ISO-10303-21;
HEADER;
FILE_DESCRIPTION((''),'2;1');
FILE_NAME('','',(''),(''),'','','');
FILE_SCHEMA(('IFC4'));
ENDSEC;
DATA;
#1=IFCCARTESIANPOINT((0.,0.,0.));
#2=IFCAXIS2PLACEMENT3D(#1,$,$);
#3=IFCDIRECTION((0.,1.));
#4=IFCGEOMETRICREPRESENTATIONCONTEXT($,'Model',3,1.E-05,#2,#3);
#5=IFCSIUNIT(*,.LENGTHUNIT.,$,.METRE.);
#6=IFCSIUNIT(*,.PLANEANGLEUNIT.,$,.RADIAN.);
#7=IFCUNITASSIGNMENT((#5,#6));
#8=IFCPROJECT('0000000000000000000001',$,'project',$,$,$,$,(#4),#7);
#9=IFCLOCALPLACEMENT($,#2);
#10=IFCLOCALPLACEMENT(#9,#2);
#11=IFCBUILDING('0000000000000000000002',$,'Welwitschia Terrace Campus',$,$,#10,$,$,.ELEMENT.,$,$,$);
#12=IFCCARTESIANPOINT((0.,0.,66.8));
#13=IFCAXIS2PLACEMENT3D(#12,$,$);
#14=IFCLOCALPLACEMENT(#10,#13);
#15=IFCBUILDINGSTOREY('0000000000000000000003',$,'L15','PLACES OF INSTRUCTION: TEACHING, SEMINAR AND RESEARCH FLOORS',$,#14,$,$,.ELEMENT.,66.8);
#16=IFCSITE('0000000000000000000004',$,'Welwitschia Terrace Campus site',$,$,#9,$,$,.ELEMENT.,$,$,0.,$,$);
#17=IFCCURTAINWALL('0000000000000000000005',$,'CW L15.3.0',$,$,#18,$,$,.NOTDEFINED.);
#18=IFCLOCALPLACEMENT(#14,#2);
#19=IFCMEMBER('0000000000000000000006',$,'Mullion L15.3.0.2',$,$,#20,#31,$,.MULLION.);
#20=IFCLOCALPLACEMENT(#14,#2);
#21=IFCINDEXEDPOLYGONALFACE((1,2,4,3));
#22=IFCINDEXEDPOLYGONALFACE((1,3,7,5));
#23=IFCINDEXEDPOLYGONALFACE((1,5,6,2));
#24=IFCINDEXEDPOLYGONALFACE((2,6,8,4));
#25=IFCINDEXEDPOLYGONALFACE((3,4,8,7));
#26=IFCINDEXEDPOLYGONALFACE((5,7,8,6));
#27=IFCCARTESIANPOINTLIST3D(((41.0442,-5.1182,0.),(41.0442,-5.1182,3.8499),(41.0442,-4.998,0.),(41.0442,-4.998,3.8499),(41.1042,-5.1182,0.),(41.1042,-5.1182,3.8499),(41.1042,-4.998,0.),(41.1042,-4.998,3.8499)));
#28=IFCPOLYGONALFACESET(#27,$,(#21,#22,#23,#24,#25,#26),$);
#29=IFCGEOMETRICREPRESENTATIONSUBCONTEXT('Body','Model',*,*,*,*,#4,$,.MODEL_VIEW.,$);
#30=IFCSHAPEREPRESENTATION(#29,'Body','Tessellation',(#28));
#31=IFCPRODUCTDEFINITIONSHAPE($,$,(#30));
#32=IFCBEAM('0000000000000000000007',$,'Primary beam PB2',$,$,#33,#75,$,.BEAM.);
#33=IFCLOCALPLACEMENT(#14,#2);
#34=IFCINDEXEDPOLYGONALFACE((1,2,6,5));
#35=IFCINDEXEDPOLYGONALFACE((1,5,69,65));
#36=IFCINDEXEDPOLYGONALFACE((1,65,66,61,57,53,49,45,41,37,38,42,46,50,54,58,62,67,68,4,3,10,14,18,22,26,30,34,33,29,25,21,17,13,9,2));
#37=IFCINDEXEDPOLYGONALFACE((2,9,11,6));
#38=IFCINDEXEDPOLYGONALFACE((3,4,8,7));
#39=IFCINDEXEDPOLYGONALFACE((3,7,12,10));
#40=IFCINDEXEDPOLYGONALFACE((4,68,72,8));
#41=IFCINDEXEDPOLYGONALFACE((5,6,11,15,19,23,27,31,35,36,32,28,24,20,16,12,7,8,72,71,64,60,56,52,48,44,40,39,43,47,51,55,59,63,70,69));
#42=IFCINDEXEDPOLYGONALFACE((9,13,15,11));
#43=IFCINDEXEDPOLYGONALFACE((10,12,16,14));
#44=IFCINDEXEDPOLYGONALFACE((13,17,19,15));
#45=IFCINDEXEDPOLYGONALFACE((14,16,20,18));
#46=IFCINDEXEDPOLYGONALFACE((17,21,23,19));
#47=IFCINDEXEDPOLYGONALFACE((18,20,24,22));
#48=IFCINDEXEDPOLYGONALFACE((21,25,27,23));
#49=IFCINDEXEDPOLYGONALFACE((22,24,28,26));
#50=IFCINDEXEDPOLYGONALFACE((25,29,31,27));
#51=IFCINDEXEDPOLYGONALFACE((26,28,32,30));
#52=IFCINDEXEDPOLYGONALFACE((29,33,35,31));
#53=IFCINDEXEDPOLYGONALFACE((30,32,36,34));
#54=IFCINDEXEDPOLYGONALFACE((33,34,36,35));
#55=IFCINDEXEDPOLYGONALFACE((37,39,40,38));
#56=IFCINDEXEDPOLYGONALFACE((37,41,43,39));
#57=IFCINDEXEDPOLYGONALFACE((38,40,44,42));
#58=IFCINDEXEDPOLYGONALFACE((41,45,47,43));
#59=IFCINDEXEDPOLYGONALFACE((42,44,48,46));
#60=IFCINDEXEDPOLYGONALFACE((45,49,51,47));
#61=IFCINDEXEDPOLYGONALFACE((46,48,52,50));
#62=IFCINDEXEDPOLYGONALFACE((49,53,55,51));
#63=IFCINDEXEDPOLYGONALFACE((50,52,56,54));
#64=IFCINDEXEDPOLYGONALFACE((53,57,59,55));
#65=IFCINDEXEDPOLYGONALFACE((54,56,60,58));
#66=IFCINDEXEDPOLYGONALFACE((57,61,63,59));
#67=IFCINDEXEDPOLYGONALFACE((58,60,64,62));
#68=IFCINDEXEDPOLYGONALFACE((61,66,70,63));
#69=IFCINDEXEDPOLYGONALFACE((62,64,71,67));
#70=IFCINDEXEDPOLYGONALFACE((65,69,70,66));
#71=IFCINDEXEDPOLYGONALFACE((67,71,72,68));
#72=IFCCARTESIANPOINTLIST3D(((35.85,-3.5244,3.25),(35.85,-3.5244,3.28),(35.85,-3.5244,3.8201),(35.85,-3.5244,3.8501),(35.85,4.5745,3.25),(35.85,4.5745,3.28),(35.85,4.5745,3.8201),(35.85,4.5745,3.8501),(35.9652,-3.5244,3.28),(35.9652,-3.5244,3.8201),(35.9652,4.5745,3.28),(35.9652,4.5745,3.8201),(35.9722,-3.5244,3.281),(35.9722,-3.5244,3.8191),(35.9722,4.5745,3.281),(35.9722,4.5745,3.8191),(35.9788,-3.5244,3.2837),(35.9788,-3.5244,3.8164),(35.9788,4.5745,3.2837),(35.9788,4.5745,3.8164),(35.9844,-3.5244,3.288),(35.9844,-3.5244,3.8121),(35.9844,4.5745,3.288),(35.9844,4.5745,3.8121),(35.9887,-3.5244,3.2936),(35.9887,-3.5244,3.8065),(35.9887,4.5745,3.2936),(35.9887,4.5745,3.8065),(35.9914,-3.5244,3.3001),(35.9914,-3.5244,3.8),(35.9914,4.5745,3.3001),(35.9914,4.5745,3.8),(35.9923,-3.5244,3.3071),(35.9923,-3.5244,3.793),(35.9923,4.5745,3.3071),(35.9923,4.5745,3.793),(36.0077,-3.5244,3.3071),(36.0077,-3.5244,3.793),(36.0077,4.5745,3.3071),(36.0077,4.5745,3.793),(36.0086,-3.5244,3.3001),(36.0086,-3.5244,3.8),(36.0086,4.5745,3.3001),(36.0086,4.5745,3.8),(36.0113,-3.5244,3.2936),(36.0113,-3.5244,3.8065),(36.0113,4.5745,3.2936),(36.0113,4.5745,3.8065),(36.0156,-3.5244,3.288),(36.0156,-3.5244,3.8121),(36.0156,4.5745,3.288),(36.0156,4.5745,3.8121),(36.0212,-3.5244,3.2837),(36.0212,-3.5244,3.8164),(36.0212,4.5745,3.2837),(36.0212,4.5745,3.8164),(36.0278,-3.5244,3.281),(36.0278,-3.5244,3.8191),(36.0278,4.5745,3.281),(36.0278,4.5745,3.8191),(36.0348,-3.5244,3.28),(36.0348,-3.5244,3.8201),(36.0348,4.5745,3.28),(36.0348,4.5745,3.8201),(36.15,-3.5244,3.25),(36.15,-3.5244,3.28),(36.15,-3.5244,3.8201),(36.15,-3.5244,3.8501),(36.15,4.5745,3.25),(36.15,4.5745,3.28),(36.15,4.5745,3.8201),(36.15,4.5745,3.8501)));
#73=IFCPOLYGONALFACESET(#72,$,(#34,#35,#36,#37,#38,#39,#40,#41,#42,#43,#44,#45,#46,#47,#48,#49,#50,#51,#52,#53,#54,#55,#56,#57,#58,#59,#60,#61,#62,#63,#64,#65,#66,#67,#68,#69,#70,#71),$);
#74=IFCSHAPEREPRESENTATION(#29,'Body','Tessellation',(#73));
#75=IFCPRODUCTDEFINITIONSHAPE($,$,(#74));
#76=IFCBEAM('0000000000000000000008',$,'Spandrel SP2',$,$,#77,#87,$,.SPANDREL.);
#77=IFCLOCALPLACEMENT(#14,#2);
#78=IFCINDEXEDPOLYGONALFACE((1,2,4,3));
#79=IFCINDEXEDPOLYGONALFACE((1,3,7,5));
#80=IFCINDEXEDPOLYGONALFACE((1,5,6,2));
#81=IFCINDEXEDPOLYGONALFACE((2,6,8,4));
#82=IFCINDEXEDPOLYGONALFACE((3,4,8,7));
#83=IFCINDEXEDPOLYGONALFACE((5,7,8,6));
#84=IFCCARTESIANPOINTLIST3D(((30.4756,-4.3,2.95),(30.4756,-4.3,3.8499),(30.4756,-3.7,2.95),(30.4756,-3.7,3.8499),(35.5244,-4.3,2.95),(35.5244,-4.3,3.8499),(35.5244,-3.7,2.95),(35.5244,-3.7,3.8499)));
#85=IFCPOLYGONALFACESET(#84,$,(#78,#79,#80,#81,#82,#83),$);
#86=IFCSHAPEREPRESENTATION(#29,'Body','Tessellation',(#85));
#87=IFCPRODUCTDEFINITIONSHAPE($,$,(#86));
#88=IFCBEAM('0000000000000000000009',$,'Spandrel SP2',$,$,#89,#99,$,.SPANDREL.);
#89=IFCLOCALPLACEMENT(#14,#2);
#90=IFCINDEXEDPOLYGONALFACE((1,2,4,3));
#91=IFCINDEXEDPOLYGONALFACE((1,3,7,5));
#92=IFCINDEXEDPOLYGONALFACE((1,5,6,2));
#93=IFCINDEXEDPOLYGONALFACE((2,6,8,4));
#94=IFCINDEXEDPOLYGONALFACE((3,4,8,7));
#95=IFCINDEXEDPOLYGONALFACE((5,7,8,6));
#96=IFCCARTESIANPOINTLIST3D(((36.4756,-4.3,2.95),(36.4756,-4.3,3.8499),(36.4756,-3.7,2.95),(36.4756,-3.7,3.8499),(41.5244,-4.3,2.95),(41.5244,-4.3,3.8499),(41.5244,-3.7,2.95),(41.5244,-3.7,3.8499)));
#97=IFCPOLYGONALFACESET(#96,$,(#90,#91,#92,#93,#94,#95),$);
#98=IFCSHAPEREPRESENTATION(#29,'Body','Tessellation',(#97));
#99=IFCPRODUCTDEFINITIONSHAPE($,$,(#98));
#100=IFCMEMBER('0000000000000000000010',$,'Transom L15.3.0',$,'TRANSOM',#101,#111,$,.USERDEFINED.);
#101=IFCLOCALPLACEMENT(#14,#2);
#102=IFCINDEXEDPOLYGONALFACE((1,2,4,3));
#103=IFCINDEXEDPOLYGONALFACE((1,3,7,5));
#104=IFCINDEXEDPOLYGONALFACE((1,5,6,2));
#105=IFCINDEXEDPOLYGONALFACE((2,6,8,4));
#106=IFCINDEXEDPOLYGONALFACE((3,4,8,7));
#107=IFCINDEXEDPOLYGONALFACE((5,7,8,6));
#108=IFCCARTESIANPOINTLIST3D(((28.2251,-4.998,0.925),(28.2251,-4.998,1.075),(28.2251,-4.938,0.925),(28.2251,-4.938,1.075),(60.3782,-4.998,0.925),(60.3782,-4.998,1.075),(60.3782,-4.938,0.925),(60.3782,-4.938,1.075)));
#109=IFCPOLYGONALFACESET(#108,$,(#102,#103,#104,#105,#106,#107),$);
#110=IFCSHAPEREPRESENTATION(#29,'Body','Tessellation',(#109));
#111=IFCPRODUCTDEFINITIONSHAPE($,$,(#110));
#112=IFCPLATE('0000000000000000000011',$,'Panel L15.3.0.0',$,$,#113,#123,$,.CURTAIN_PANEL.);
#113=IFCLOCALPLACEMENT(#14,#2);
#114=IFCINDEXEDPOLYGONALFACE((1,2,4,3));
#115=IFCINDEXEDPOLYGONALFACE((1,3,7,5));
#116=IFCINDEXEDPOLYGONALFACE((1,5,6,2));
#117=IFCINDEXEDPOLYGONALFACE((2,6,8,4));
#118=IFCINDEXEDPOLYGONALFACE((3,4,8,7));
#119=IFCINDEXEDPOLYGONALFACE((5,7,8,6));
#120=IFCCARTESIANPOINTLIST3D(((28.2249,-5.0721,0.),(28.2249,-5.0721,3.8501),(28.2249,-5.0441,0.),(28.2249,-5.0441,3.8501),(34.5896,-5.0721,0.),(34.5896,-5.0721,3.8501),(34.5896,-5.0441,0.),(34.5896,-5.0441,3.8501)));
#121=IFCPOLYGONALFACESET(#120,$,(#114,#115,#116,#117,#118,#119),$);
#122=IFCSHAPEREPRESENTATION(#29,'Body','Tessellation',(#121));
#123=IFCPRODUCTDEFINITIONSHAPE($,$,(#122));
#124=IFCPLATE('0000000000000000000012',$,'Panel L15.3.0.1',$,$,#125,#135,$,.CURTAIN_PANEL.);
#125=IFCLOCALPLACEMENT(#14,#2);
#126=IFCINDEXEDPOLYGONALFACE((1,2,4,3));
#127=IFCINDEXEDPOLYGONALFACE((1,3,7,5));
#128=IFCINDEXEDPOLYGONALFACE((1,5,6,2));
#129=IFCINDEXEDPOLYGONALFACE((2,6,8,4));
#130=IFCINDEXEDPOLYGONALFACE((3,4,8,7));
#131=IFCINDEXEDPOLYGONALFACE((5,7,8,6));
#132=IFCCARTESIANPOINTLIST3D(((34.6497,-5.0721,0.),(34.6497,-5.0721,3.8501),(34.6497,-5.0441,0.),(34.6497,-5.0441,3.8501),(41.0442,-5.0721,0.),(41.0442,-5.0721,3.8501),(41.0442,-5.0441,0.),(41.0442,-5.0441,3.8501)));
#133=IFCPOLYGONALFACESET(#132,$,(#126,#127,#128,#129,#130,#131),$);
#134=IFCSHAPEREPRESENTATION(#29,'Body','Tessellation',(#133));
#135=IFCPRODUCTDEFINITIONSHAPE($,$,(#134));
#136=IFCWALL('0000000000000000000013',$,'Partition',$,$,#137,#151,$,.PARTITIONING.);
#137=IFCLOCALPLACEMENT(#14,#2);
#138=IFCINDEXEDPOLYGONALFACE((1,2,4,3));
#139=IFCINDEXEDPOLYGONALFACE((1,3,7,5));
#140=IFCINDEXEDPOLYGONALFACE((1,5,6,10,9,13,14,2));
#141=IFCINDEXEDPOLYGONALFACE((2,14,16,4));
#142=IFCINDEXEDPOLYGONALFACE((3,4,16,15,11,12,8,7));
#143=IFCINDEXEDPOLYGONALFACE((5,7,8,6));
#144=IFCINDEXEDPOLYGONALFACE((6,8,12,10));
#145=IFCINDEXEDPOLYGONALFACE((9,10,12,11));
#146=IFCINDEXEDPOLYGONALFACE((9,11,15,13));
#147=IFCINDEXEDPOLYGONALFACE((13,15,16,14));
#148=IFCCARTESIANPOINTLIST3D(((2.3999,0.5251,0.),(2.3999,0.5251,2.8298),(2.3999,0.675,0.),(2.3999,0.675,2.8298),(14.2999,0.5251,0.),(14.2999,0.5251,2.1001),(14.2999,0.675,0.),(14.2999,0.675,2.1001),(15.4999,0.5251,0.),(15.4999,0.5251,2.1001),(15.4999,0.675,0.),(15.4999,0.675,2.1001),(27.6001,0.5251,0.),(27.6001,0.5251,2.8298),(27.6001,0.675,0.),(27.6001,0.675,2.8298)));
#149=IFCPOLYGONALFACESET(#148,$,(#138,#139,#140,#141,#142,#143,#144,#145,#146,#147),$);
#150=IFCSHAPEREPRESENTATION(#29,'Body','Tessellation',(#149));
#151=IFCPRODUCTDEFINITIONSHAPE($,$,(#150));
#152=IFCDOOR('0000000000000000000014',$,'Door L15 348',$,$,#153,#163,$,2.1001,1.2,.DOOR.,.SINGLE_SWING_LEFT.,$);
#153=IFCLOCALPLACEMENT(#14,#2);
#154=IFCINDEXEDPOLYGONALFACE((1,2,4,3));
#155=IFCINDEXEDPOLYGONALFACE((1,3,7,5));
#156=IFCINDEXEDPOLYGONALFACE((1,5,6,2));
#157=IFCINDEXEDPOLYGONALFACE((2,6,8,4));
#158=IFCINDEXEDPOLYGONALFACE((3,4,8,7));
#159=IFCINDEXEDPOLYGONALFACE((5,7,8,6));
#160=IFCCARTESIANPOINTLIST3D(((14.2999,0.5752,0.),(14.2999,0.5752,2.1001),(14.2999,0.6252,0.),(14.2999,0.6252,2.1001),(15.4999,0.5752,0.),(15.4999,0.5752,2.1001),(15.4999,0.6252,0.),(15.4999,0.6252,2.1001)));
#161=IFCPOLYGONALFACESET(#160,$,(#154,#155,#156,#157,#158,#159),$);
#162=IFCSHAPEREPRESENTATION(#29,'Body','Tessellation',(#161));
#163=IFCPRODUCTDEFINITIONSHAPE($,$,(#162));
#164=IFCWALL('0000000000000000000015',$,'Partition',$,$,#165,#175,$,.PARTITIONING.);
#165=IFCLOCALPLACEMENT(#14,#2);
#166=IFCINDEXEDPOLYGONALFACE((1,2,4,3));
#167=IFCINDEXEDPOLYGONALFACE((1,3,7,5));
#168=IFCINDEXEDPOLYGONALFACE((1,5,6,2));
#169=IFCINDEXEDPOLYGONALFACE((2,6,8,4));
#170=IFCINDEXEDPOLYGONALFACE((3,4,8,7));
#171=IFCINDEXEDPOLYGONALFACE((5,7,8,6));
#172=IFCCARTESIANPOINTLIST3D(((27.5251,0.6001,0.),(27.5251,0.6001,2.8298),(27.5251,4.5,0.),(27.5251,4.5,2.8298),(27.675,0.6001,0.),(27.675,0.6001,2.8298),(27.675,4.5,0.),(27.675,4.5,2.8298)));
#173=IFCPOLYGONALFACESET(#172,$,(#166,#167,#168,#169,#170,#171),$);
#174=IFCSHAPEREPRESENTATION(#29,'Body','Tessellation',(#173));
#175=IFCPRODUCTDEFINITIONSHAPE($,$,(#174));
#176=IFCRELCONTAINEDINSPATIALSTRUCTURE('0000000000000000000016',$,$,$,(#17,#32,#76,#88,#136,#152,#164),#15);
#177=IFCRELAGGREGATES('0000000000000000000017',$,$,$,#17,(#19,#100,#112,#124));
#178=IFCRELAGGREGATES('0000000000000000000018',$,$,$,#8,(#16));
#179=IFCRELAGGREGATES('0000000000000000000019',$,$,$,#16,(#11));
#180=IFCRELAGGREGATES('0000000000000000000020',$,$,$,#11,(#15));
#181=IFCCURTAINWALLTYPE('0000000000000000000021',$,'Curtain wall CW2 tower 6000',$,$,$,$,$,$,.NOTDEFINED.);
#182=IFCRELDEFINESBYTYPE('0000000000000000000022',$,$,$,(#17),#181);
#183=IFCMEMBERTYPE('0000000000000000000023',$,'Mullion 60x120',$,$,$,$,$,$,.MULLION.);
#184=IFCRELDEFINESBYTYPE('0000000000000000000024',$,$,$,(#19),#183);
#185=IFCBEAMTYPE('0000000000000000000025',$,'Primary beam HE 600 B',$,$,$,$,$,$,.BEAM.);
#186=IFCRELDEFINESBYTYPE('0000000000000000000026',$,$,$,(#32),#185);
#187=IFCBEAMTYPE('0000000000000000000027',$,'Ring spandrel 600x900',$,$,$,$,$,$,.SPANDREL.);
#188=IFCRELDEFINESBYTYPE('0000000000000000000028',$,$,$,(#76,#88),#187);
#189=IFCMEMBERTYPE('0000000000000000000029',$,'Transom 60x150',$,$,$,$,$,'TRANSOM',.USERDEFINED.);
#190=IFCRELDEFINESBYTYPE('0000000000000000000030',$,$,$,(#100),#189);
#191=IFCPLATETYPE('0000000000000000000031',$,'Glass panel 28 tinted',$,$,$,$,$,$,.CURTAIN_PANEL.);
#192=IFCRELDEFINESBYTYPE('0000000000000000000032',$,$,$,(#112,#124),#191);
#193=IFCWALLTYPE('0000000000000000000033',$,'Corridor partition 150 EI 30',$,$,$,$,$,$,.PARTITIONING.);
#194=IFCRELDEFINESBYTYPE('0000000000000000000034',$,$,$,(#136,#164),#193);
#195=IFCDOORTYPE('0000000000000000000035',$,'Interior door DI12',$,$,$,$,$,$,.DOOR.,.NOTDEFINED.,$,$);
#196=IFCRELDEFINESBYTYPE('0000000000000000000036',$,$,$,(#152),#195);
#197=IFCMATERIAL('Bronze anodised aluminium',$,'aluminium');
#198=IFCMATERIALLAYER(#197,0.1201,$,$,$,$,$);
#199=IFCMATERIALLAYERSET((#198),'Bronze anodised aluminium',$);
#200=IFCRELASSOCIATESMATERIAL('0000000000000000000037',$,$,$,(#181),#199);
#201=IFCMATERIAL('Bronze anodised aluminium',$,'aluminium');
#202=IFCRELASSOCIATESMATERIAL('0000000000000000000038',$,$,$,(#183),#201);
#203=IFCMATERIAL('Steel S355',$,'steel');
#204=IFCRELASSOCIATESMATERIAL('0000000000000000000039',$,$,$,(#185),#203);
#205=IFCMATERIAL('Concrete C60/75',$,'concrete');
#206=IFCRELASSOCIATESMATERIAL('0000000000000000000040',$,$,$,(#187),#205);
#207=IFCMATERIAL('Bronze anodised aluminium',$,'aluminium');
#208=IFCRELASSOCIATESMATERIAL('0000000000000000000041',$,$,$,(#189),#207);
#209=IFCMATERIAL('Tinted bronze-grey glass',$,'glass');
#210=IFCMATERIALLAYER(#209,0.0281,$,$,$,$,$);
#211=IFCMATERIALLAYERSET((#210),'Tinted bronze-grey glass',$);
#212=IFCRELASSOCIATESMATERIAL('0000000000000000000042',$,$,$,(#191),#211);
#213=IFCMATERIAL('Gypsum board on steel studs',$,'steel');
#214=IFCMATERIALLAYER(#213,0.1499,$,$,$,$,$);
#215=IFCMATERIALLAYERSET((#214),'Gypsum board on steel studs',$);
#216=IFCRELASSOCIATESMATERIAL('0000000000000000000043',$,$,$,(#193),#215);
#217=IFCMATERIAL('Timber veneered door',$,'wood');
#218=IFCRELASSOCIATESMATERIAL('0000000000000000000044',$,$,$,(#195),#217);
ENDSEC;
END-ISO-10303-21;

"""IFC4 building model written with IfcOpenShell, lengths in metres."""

from ifc_helpers import new_model, si_unit, direction, frame, frame_2d, origin, origin_2d, place, context, subcontext, project, spatial, rectangle, i_section, extrude, material, layer, layer_set, material_profile, profile_set, type_object, element, fill, aggregate, save


model = new_model("IFC4")

# Units and contexts
model_context = context("Model", 3, precision=1e-05, world=origin(), true_north=direction((0.0, 1.0)))
body_context = subcontext(model_context, "Body", "Model", "MODEL_VIEW")
ifc_project = project(units=[si_unit("LENGTHUNIT", "METRE"), si_unit("PLANEANGLEUNIT", "RADIAN")], contexts=[model_context])

# Site, building, storey
site_placement = place(None, origin())
site = spatial("IfcSite", under=ifc_project, at=site_placement, Name="Welwitschia Terrace Campus site", CompositionType="ELEMENT", RefElevation=0.0)
building_placement = place(site_placement, origin())
building = spatial("IfcBuilding", under=site, at=building_placement, Name="Welwitschia Terrace Campus", CompositionType="ELEMENT")
storey_placement = place(building_placement, frame((0.0, 0.0, 66.8)))
storey = spatial("IfcBuildingStorey", under=building, at=storey_placement, Name="L15", Description="PLACES OF INSTRUCTION: TEACHING, SEMINAR AND RESEARCH FLOORS", CompositionType="ELEMENT", Elevation=66.8)

# Shared definitions
ifc_material_1 = material(Name="Bronze anodised aluminium", Category="aluminium")
ifc_layer_1 = layer(ifc_material_1, 0.1201)
ifc_layer_set_1 = layer_set([ifc_layer_1], Name="Bronze anodised aluminium")
curtain_wall_type = type_object("IfcCurtainWallType", Name="Curtain wall CW2 tower 6000", PredefinedType="NOTDEFINED", material=ifc_layer_set_1)
ifc_material_2 = material(Name="Bronze anodised aluminium", Category="aluminium")
ifc_material_profile_1 = material_profile(ifc_material_2, rectangle(XDim=0.1201, YDim=0.0601, at=origin_2d()))
ifc_profile_set_1 = profile_set([ifc_material_profile_1], Name="Bronze anodised aluminium")
member_type_1 = type_object("IfcMemberType", Name="Mullion 60x120", PredefinedType="MULLION", material=ifc_profile_set_1)

# Curtain wall, member
curtain_wall_1_placement = place(storey_placement, origin())
curtain_wall_1 = element("IfcCurtainWall", 1, at=curtain_wall_1_placement, inside=storey, type_object=curtain_wall_type, Name="CW L15.3.0", PredefinedType="NOTDEFINED")
member_1_placement = place(storey_placement, frame((41.0742, -5.0581, 0.0), z_axis=(0.0, 0.0, 1.0), x_axis=(0.0, 1.0, 0.0)))
member_1 = element("IfcMember", 2, at=member_1_placement, type_object=member_type_1, Name="Mullion L15.3.0.2", PredefinedType="MULLION", context=body_context, shape_type="SweptSolid", body=[
    extrude(rectangle(XDim=0.1201, YDim=0.0601, at=origin_2d()), origin(), (0.0, 0.0, 1.0), 3.8499),
])

# Beams
ifc_material_3 = material(Name="Steel S355", Category="steel")
ifc_material_profile_2 = material_profile(ifc_material_3, i_section(OverallWidth=0.3, OverallDepth=0.6001, WebThickness=0.0154, FlangeThickness=0.03, FilletRadius=0.0271, at=origin_2d()))
ifc_profile_set_2 = profile_set([ifc_material_profile_2], Name="Steel S355")
beam_type_1 = type_object("IfcBeamType", Name="Primary beam HE 600 B", PredefinedType="BEAM", material=ifc_profile_set_2)
beam_placement = place(storey_placement, frame((36.0, -3.5244, 3.55), z_axis=(0.0, 1.0, 0.0), x_axis=(-1.0, 0.0, 0.0)))
element("IfcBeam", 3, at=beam_placement, inside=storey, type_object=beam_type_1, Name="Primary beam PB2", PredefinedType="BEAM", context=body_context, shape_type="SweptSolid", body=[
    extrude(i_section(OverallWidth=0.3, OverallDepth=0.6001, WebThickness=0.0154, FlangeThickness=0.03, FilletRadius=0.0271, at=origin_2d()), origin(), (0.0, 0.0, 1.0), 8.0989),
])
ifc_material_4 = material(Name="Concrete C60/75", Category="concrete")
ifc_material_profile_3 = material_profile(ifc_material_4, rectangle(XDim=0.6001, YDim=0.8999, at=origin_2d()))
ifc_profile_set_3 = profile_set([ifc_material_profile_3], Name="Concrete C60/75")
beam_type_2 = type_object("IfcBeamType", Name="Ring spandrel 600x900", PredefinedType="SPANDREL", material=ifc_profile_set_3)
for number, where, z_axis, x_axis, name in (
    (4, (30.4756, -4.0, 3.3999), (1.0, 0.0, 0.0), (0.0, 1.0, 0.0), "Spandrel SP2"),
    (5, (36.4756, -4.0, 3.3999), (1.0, 0.0, 0.0), (0.0, 1.0, 0.0), "Spandrel SP2"),
):
    element("IfcBeam", number, at=place(storey_placement, frame(where, z_axis=z_axis, x_axis=x_axis)), inside=storey, type_object=beam_type_2, Name=name, PredefinedType="SPANDREL", context=body_context, shape_type="SweptSolid", body=[
        extrude(rectangle(XDim=0.6001, YDim=0.8999, at=origin_2d()), origin(), (0.0, 0.0, 1.0), 5.0488),
    ])

# Member
ifc_material_5 = material(Name="Bronze anodised aluminium", Category="aluminium")
ifc_material_profile_4 = material_profile(ifc_material_5, rectangle(XDim=0.0601, YDim=0.1499, at=origin_2d()))
ifc_profile_set_4 = profile_set([ifc_material_profile_4], Name="Bronze anodised aluminium")
member_type_2 = type_object("IfcMemberType", Name="Transom 60x150", ElementType="TRANSOM", PredefinedType="USERDEFINED", material=ifc_profile_set_4)
member_2_placement = place(storey_placement, frame((28.2251, -4.968, 1.0), z_axis=(1.0, 0.0, 0.0), x_axis=(0.0, 1.0, 0.0)))
member_2 = element("IfcMember", 6, at=member_2_placement, type_object=member_type_2, Name="Transom L15.3.0", ObjectType="TRANSOM", PredefinedType="USERDEFINED", context=body_context, shape_type="SweptSolid", body=[
    extrude(rectangle(XDim=0.0601, YDim=0.1499, at=origin_2d()), origin(), (0.0, 0.0, 1.0), 32.1531),
])

# Plates
ifc_material_6 = material(Name="Tinted bronze-grey glass", Category="glass")
ifc_layer_2 = layer(ifc_material_6, 0.0281)
ifc_layer_set_2 = layer_set([ifc_layer_2], Name="Tinted bronze-grey glass")
plate_type = type_object("IfcPlateType", Name="Glass panel 28 tinted", PredefinedType="CURTAIN_PANEL", material=ifc_layer_set_2)
plate_1_placement = place(storey_placement, frame((31.4072, -5.0581, 0.0), z_axis=(0.0, 0.0, 1.0), x_axis=(1.0, 0.0, 0.0)))
plate_1 = element("IfcPlate", 7, at=plate_1_placement, type_object=plate_type, Name="Panel L15.3.0.0", PredefinedType="CURTAIN_PANEL", context=body_context, shape_type="SweptSolid", body=[
    extrude(rectangle(XDim=6.3647, YDim=0.0281, at=origin_2d()), origin(), (0.0, 0.0, 1.0), 3.8501),
])
plate_2_placement = place(storey_placement, frame((37.8469, -5.0581, 0.0), z_axis=(0.0, 0.0, 1.0), x_axis=(1.0, 0.0, 0.0)))
plate_2 = element("IfcPlate", 8, at=plate_2_placement, type_object=plate_type, Name="Panel L15.3.0.1", PredefinedType="CURTAIN_PANEL", context=body_context, shape_type="SweptSolid", body=[
    extrude(rectangle(XDim=6.3945, YDim=0.0281, at=origin_2d()), origin(), (0.0, 0.0, 1.0), 3.8501),
])
aggregate(curtain_wall_1, [member_1, member_2, plate_1, plate_2])

# Wall, opening, door
ifc_material_7 = material(Name="Gypsum board on steel studs", Category="steel")
ifc_layer_3 = layer(ifc_material_7, 0.1499)
ifc_layer_set_3 = layer_set([ifc_layer_3], Name="Gypsum board on steel studs")
wall_type = type_object("IfcWallType", Name="Corridor partition 150 EI 30", PredefinedType="PARTITIONING", material=ifc_layer_set_3)
wall_1_placement = place(storey_placement, frame((27.6001, 0.6001, 0.0), z_axis=(0.0, 0.0, 1.0), x_axis=(-1.0, 0.0, 0.0)))
wall_1 = element("IfcWall", 9, at=wall_1_placement, inside=storey, type_object=wall_type, Name="Partition", PredefinedType="PARTITIONING", context=body_context, shape_type="SweptSolid", body=[
    extrude(rectangle(XDim=25.2002, YDim=0.1499, at=frame_2d((12.6001, 0.0))), origin(), (0.0, 0.0, 1.0), 2.8298),
])
opening_1_placement = place(wall_1_placement, frame((12.1001, 0.0, 0.0)))
opening_1 = element("IfcOpeningElement", 10, at=opening_1_placement, cuts=wall_1, PredefinedType="OPENING", context=body_context, shape_type="SweptSolid", body=[
    extrude(rectangle(XDim=1.2, YDim=2.1001, at=frame_2d((0.6001, 1.05))), frame((0.0, 0.085, 0.0), z_axis=(0.0, -1.0, 0.0), x_axis=(1.0, 0.0, 0.0)), (0.0, 0.0, 1.0), 0.1699),
])
ifc_material_8 = material(Name="Timber veneered door", Category="wood")
door_type_1 = type_object("IfcDoorType", Name="Interior door DI12", OperationType="NOTDEFINED", PredefinedType="DOOR", material=ifc_material_8)
door_1_placement = place(opening_1_placement, origin())
door_1 = element("IfcDoor", 11, at=door_1_placement, inside=storey, type_object=door_type_1, Name="Door L15 348", OperationType="SINGLE_SWING_LEFT", OverallHeight=2.1001, OverallWidth=1.2, PredefinedType="DOOR", context=body_context, shape_type="SweptSolid", body=[
    extrude(rectangle(XDim=1.2, YDim=2.1001, at=frame_2d((0.6001, 1.05))), frame((0.0, 0.0249, 0.0), z_axis=(0.0, -1.0, 0.0), x_axis=(1.0, 0.0, 0.0)), (0.0, 0.0, 1.0), 0.05),
])
fill(opening_1, door_1)

# Wall
wall_2_placement = place(storey_placement, frame((27.6001, 0.6001, 0.0), z_axis=(0.0, 0.0, 1.0), x_axis=(0.0, 1.0, 0.0)))
element("IfcWall", 12, at=wall_2_placement, inside=storey, type_object=wall_type, Name="Partition", PredefinedType="PARTITIONING", context=body_context, shape_type="SweptSolid", body=[
    extrude(rectangle(XDim=3.8999, YDim=0.1499, at=frame_2d((1.95, 0.0))), origin(), (0.0, 0.0, 1.0), 2.8298),
])

save(model, "model.ifc")
